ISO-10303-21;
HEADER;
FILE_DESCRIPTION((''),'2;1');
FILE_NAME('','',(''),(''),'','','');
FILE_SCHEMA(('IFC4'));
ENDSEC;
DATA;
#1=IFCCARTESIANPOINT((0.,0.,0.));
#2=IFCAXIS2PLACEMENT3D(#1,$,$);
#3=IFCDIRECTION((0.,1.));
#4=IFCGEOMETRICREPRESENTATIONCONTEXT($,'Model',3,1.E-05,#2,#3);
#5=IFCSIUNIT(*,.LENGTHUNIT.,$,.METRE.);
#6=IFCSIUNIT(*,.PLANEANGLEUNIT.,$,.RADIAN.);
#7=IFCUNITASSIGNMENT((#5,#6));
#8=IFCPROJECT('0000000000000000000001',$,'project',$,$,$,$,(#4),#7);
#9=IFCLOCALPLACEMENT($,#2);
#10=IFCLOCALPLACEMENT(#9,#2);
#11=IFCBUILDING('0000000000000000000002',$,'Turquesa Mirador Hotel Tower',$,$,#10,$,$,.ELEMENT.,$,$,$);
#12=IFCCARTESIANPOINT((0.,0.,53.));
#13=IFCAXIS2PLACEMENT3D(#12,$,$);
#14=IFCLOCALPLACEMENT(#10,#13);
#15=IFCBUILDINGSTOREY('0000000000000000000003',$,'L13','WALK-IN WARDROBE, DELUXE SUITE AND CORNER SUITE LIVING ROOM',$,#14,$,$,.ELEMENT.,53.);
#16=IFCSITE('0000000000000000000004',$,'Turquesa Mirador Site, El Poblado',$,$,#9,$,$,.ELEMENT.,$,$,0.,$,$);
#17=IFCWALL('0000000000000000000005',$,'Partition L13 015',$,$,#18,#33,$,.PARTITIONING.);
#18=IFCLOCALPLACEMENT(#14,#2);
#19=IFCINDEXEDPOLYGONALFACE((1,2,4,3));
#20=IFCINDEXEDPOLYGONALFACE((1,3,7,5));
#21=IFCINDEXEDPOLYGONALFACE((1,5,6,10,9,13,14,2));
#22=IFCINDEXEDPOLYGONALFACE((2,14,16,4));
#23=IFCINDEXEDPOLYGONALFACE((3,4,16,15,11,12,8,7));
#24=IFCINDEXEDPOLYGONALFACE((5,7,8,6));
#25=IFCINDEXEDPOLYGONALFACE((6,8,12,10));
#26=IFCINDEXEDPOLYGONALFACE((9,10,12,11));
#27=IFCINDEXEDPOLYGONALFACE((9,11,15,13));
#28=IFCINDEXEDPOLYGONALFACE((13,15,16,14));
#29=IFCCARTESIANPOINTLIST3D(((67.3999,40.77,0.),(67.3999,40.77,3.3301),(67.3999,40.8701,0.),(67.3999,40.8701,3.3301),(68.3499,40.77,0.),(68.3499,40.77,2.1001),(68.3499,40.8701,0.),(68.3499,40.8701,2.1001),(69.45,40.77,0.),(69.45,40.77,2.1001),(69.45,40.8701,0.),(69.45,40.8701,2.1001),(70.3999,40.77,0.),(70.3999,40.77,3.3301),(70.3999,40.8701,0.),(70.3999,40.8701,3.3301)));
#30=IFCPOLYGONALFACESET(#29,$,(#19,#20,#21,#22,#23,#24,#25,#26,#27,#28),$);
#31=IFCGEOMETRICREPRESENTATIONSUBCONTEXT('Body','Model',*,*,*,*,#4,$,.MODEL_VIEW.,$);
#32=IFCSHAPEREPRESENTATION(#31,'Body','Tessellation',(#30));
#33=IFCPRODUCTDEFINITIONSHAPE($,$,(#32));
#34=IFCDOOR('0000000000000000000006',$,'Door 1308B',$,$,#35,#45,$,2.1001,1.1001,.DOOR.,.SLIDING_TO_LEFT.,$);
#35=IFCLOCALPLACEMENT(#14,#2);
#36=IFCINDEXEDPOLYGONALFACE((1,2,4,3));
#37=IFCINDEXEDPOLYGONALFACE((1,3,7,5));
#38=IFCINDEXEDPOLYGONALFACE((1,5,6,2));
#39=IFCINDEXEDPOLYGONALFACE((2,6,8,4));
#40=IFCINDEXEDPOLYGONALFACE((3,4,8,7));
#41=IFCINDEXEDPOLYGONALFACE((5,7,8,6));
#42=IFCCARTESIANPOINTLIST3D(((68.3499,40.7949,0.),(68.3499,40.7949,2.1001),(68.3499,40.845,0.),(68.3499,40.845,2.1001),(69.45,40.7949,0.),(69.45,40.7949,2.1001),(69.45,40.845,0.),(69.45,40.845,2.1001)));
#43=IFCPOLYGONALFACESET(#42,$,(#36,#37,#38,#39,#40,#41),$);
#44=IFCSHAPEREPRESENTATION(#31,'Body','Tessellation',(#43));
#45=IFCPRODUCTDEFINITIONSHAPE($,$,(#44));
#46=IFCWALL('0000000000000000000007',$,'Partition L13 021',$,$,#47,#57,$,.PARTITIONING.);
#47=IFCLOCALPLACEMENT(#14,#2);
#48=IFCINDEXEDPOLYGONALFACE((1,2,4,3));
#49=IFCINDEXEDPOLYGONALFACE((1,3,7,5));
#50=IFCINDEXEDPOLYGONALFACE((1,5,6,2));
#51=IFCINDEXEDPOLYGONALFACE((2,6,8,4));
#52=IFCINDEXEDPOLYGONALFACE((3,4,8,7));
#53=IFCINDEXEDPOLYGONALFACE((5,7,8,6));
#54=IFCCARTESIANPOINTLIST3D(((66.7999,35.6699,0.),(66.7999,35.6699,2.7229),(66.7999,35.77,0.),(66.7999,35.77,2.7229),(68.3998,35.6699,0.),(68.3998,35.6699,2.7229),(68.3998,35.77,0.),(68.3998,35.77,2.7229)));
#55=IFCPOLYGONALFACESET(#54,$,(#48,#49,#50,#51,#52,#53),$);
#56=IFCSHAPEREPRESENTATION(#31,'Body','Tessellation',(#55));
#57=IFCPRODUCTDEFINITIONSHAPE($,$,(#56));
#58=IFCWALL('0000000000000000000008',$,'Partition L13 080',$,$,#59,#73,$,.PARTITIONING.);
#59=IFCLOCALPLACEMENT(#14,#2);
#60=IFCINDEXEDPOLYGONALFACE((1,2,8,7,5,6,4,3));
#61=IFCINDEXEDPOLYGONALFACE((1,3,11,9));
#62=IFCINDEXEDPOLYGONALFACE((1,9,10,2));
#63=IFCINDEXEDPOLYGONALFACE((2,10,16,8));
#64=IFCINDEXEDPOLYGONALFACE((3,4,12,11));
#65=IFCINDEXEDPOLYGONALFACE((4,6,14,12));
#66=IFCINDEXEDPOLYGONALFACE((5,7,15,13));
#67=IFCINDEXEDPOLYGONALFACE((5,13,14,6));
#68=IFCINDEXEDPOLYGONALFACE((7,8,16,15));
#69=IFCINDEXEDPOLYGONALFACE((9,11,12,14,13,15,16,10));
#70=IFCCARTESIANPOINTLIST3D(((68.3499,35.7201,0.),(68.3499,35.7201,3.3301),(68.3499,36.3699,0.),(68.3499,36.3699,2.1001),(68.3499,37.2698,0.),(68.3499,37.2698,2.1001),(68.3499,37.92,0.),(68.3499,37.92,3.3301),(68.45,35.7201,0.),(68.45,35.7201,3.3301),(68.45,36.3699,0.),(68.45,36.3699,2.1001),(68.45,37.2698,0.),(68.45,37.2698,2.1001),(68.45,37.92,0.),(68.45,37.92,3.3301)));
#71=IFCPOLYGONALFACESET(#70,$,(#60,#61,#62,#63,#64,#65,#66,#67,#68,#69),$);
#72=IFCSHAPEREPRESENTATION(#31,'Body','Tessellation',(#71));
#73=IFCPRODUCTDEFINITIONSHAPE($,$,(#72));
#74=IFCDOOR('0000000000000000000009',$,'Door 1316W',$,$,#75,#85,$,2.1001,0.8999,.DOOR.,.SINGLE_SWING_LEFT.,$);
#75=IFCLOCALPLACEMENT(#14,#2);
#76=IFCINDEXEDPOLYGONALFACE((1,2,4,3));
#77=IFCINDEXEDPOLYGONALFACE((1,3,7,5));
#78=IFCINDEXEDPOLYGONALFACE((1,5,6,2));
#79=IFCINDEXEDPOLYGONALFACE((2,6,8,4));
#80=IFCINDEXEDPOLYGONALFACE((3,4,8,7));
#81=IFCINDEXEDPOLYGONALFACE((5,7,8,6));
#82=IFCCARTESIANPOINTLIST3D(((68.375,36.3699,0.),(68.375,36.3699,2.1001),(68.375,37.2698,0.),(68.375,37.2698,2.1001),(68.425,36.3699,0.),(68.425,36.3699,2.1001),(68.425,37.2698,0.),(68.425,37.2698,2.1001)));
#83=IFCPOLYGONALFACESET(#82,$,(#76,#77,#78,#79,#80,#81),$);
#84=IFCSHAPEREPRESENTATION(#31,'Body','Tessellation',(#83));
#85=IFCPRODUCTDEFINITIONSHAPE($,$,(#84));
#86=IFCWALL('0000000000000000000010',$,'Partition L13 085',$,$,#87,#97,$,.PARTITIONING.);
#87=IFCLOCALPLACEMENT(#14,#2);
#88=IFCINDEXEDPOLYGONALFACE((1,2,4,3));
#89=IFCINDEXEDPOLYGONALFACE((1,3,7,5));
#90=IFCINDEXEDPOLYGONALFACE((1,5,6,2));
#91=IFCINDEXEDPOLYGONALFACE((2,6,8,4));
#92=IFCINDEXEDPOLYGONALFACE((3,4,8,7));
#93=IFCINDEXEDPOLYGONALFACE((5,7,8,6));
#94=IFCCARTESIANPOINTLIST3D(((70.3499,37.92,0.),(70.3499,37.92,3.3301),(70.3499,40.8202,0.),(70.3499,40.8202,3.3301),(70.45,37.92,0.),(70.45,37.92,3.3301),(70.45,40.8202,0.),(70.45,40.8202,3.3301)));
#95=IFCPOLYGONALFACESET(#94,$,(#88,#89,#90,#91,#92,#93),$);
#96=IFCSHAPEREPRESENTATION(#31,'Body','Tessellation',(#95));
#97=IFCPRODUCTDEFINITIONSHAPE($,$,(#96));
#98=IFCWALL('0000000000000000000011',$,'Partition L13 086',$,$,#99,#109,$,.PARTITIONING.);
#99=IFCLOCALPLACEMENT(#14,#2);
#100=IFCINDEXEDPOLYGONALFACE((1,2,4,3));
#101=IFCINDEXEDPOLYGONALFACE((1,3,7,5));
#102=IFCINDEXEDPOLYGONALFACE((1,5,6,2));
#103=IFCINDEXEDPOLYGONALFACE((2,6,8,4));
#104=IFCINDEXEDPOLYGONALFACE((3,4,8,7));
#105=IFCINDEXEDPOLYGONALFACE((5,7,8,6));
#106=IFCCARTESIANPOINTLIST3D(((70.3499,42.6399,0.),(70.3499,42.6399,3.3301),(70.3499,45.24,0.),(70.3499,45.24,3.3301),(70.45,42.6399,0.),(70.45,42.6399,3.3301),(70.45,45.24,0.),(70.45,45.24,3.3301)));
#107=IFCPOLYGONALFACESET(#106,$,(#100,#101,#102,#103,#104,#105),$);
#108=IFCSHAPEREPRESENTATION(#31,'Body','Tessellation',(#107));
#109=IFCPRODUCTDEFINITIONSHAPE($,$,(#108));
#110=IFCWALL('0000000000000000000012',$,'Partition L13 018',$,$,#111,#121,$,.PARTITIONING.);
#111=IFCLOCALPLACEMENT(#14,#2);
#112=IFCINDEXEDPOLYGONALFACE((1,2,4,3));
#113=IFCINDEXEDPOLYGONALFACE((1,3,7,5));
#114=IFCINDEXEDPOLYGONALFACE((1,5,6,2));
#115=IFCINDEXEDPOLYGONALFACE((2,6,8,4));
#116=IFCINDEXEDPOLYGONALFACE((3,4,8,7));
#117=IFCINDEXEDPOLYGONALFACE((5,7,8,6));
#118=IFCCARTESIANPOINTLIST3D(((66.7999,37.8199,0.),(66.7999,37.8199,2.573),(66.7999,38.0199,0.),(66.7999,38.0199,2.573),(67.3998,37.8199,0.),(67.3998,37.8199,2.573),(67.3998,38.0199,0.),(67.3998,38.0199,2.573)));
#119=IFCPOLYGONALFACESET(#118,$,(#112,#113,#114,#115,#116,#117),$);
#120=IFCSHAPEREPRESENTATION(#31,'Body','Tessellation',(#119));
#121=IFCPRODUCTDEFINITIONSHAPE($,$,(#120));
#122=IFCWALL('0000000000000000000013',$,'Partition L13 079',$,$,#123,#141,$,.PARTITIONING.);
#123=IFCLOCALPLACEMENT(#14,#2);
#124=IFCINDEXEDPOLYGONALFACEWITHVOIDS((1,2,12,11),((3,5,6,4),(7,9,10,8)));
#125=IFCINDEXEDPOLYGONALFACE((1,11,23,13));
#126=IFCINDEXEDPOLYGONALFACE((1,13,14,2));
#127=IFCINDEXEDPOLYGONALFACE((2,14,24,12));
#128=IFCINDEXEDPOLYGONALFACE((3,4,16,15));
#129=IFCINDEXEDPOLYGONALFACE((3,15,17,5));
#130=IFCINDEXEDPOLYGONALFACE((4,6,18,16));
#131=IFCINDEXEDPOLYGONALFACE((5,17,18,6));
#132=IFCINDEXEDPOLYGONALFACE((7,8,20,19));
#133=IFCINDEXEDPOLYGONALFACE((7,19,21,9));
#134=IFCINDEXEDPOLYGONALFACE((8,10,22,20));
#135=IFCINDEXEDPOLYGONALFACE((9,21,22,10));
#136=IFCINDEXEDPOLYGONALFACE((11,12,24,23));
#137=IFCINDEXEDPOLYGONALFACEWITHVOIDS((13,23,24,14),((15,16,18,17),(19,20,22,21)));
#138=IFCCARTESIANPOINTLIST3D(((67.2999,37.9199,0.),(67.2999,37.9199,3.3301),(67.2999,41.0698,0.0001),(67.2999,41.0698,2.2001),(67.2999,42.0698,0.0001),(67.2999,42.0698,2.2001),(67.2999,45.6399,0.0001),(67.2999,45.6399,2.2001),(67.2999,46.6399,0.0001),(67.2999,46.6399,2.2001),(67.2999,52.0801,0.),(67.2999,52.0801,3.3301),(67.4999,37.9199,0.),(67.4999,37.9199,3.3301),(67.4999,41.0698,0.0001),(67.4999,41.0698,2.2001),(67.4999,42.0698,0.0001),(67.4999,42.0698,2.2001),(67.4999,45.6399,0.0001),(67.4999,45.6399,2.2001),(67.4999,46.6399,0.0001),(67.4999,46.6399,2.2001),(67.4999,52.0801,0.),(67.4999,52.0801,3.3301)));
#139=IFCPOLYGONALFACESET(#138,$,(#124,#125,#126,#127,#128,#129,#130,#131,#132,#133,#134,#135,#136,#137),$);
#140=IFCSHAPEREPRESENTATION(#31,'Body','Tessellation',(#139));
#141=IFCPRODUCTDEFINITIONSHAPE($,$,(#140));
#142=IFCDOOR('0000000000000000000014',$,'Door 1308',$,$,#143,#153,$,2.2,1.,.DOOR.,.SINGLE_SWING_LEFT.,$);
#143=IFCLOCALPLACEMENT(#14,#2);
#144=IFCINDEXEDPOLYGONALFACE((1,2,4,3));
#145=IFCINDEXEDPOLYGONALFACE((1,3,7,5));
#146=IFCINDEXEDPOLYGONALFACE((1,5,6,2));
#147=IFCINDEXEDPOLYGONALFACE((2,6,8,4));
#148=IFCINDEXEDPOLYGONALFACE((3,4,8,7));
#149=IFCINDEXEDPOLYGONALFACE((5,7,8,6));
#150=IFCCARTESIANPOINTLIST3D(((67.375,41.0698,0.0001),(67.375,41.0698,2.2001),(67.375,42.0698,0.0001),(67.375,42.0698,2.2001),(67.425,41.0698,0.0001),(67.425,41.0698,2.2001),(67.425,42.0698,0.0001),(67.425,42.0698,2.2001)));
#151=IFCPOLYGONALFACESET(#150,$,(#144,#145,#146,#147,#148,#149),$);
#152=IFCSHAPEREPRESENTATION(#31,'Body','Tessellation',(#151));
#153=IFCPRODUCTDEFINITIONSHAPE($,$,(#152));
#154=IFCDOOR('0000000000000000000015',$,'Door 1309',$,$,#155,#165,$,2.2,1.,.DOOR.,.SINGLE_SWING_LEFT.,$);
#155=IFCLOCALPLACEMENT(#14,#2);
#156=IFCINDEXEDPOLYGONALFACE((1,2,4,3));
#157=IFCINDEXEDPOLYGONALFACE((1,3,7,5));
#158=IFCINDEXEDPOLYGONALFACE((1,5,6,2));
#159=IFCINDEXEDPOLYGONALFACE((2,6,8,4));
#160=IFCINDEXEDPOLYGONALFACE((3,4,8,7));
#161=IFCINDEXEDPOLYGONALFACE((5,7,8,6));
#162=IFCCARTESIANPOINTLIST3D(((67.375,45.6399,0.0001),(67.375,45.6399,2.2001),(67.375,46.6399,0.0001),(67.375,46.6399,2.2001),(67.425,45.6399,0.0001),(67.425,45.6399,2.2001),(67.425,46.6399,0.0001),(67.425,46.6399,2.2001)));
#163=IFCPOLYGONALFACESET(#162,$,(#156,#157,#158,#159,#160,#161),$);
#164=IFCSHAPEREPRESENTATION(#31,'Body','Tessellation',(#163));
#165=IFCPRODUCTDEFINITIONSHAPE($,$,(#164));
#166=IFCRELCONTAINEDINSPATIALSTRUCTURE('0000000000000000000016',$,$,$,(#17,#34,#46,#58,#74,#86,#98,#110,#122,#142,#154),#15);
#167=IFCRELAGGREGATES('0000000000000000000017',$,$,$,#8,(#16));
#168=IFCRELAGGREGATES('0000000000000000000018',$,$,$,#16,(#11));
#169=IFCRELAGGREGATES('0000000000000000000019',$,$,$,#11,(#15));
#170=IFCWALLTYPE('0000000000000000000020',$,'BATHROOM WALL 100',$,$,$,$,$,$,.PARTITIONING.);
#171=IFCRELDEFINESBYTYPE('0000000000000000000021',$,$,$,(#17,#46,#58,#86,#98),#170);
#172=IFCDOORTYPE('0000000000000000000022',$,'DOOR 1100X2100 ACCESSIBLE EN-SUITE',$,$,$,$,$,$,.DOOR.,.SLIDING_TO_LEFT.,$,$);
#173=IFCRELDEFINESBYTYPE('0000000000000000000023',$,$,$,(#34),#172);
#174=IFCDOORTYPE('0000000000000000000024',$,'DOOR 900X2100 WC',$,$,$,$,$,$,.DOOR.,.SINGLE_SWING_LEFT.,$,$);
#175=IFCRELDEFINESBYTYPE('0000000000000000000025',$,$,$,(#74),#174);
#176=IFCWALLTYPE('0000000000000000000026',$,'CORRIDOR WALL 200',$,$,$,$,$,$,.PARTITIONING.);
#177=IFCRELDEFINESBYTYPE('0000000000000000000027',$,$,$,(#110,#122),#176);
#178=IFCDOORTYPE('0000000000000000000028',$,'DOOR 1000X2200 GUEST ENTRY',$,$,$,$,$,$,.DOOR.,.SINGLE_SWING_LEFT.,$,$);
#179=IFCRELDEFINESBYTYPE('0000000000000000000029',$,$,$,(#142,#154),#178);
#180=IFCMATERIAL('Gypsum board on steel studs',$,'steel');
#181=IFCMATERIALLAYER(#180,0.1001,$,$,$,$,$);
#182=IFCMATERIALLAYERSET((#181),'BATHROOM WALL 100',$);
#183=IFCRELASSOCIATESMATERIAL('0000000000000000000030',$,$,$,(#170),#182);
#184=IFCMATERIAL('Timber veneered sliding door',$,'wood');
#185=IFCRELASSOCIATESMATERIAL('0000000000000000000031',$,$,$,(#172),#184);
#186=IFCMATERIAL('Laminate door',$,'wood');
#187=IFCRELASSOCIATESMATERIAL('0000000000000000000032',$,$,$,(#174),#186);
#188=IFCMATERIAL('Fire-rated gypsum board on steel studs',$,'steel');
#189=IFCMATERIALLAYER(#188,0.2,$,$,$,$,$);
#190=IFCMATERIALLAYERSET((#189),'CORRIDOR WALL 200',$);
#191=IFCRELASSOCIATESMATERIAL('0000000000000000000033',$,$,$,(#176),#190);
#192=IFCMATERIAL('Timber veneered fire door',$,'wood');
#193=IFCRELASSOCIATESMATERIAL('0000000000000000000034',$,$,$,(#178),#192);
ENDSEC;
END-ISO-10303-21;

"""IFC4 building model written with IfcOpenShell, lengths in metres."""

from ifc_helpers import new_model, si_unit, direction, frame, frame_2d, origin, place, context, subcontext, project, spatial, rectangle, extrude, material, layer, layer_set, type_object, element, fill, save


model = new_model("IFC4")

# Units and contexts
model_context = context("Model", 3, precision=1e-05, world=origin(), true_north=direction((0.0, 1.0)))
body_context = subcontext(model_context, "Body", "Model", "MODEL_VIEW")
ifc_project = project(units=[si_unit("LENGTHUNIT", "METRE"), si_unit("PLANEANGLEUNIT", "RADIAN")], contexts=[model_context])

# Site, building, storey
site_placement = place(None, origin())
site = spatial("IfcSite", under=ifc_project, at=site_placement, Name="Turquesa Mirador Site, El Poblado", CompositionType="ELEMENT", RefElevation=0.0)
building_placement = place(site_placement, origin())
building = spatial("IfcBuilding", under=site, at=building_placement, Name="Turquesa Mirador Hotel Tower", CompositionType="ELEMENT")
storey_placement = place(building_placement, frame((0.0, 0.0, 53.0)))
storey = spatial("IfcBuildingStorey", under=building, at=storey_placement, Name="L13", Description="WALK-IN WARDROBE, DELUXE SUITE AND CORNER SUITE LIVING ROOM", CompositionType="ELEMENT", Elevation=53.0)

# Wall, opening, door
ifc_material_1 = material(Name="Gypsum board on steel studs", Category="steel")
ifc_layer_1 = layer(ifc_material_1, 0.1001)
ifc_layer_set_1 = layer_set([ifc_layer_1], Name="BATHROOM WALL 100")
wall_type_1 = type_object("IfcWallType", Name="BATHROOM WALL 100", PredefinedType="PARTITIONING", material=ifc_layer_set_1)
wall_1_placement = place(storey_placement, frame((67.3999, 40.8201, 0.0), z_axis=(0.0, 0.0, 1.0), x_axis=(1.0, 0.0, 0.0)))
wall_1 = element("IfcWall", 1, at=wall_1_placement, inside=storey, type_object=wall_type_1, Name="Partition L13 015", PredefinedType="PARTITIONING", context=body_context, shape_type="SweptSolid", body=[
    extrude(rectangle(XDim=3.0, YDim=0.1001, at=frame_2d((1.5, 0.0))), origin(), (0.0, 0.0, 1.0), 3.3301),
])
opening_1_placement = place(wall_1_placement, frame((0.95, 0.0, 0.0)))
opening_1 = element("IfcOpeningElement", 2, at=opening_1_placement, cuts=wall_1, PredefinedType="OPENING", context=body_context, shape_type="SweptSolid", body=[
    extrude(rectangle(XDim=1.1001, YDim=2.1001, at=frame_2d((0.55, 1.05))), frame((0.0, 0.0601, 0.0), z_axis=(0.0, -1.0, 0.0), x_axis=(1.0, 0.0, 0.0)), (0.0, 0.0, 1.0), 0.1201),
])
ifc_material_2 = material(Name="Timber veneered sliding door", Category="wood")
door_type_1 = type_object("IfcDoorType", Name="DOOR 1100X2100 ACCESSIBLE EN-SUITE", OperationType="SLIDING_TO_LEFT", PredefinedType="DOOR", material=ifc_material_2)
door_1_placement = place(opening_1_placement, origin())
door_1 = element("IfcDoor", 3, at=door_1_placement, inside=storey, type_object=door_type_1, Name="Door 1308B", OperationType="SLIDING_TO_LEFT", OverallHeight=2.1001, OverallWidth=1.1001, PredefinedType="DOOR", context=body_context, shape_type="SweptSolid", body=[
    extrude(rectangle(XDim=1.1001, YDim=2.1001, at=frame_2d((0.55, 1.05))), frame((0.0, 0.0249, 0.0), z_axis=(0.0, -1.0, 0.0), x_axis=(1.0, 0.0, 0.0)), (0.0, 0.0, 1.0), 0.05),
])
fill(opening_1, door_1)

# Wall
wall_2_placement = place(storey_placement, frame((66.8, 35.72, 0.0), z_axis=(0.0, 0.0, 1.0), x_axis=(1.0, 0.0, 0.0)))
element("IfcWall", 4, at=wall_2_placement, inside=storey, type_object=wall_type_1, Name="Partition L13 021", PredefinedType="PARTITIONING", context=body_context, shape_type="SweptSolid", body=[
    extrude(rectangle(XDim=1.5999, YDim=0.1001, at=frame_2d((0.7998, 0.0))), origin(), (0.0, 0.0, 1.0), 2.7229),
])

# Wall, opening, door
wall_3_placement = place(storey_placement, frame((68.3999, 35.72, 0.0), z_axis=(0.0, 0.0, 1.0), x_axis=(0.0, 1.0, 0.0)))
wall_3 = element("IfcWall", 5, at=wall_3_placement, inside=storey, type_object=wall_type_1, Name="Partition L13 080", PredefinedType="PARTITIONING", context=body_context, shape_type="SweptSolid", body=[
    extrude(rectangle(XDim=2.2, YDim=0.1001, at=frame_2d((1.1001, 0.0))), origin(), (0.0, 0.0, 1.0), 3.3301),
])
opening_2_placement = place(wall_3_placement, frame((0.6499, 0.0, 0.0)))
opening_2 = element("IfcOpeningElement", 6, at=opening_2_placement, cuts=wall_3, PredefinedType="OPENING", context=body_context, shape_type="SweptSolid", body=[
    extrude(rectangle(XDim=0.8999, YDim=2.1001, at=frame_2d((0.45, 1.05))), frame((0.0, 0.0601, 0.0), z_axis=(0.0, -1.0, 0.0), x_axis=(1.0, 0.0, 0.0)), (0.0, 0.0, 1.0), 0.1201),
])
ifc_material_3 = material(Name="Laminate door", Category="wood")
door_type_2 = type_object("IfcDoorType", Name="DOOR 900X2100 WC", OperationType="SINGLE_SWING_LEFT", PredefinedType="DOOR", material=ifc_material_3)
door_2_placement = place(opening_2_placement, origin())
door_2 = element("IfcDoor", 7, at=door_2_placement, inside=storey, type_object=door_type_2, Name="Door 1316W", OperationType="SINGLE_SWING_LEFT", OverallHeight=2.1001, OverallWidth=0.8999, PredefinedType="DOOR", context=body_context, shape_type="SweptSolid", body=[
    extrude(rectangle(XDim=0.8999, YDim=2.1001, at=frame_2d((0.45, 1.05))), frame((0.0, 0.0249, 0.0), z_axis=(0.0, -1.0, 0.0), x_axis=(1.0, 0.0, 0.0)), (0.0, 0.0, 1.0), 0.05),
])
fill(opening_2, door_2)

# Walls
wall_4_placement = place(storey_placement, frame((70.3999, 37.9199, 0.0), z_axis=(0.0, 0.0, 1.0), x_axis=(0.0, 1.0, 0.0)))
element("IfcWall", 8, at=wall_4_placement, inside=storey, type_object=wall_type_1, Name="Partition L13 085", PredefinedType="PARTITIONING", context=body_context, shape_type="SweptSolid", body=[
    extrude(rectangle(XDim=2.9001, YDim=0.1001, at=frame_2d((1.4502, 0.0))), origin(), (0.0, 0.0, 1.0), 3.3301),
])
wall_5_placement = place(storey_placement, frame((70.3999, 42.6399, 0.0), z_axis=(0.0, 0.0, 1.0), x_axis=(0.0, 1.0, 0.0)))
element("IfcWall", 9, at=wall_5_placement, inside=storey, type_object=wall_type_1, Name="Partition L13 086", PredefinedType="PARTITIONING", context=body_context, shape_type="SweptSolid", body=[
    extrude(rectangle(XDim=2.6001, YDim=0.1001, at=frame_2d((1.3, 0.0))), origin(), (0.0, 0.0, 1.0), 3.3301),
])
ifc_material_4 = material(Name="Fire-rated gypsum board on steel studs", Category="steel")
ifc_layer_2 = layer(ifc_material_4, 0.2)
ifc_layer_set_2 = layer_set([ifc_layer_2], Name="CORRIDOR WALL 200")
wall_type_2 = type_object("IfcWallType", Name="CORRIDOR WALL 200", PredefinedType="PARTITIONING", material=ifc_layer_set_2)
wall_6_placement = place(storey_placement, frame((66.8, 37.9199, 0.0), z_axis=(0.0, 0.0, 1.0), x_axis=(1.0, 0.0, 0.0)))
element("IfcWall", 10, at=wall_6_placement, inside=storey, type_object=wall_type_2, Name="Partition L13 018", PredefinedType="PARTITIONING", context=body_context, shape_type="SweptSolid", body=[
    extrude(rectangle(XDim=0.5999, YDim=0.2, at=frame_2d((0.2998, 0.0))), origin(), (0.0, 0.0, 1.0), 2.573),
])

# Wall, openings, doors
wall_7_placement = place(storey_placement, frame((67.3999, 37.9199, 0.0), z_axis=(0.0, 0.0, 1.0), x_axis=(0.0, 1.0, 0.0)))
wall_7 = element("IfcWall", 11, at=wall_7_placement, inside=storey, type_object=wall_type_2, Name="Partition L13 079", PredefinedType="PARTITIONING", context=body_context, shape_type="SweptSolid", body=[
    extrude(rectangle(XDim=14.1602, YDim=0.2, at=frame_2d((7.0801, 0.0))), origin(), (0.0, 0.0, 1.0), 3.3301),
])
opening_3_placement = place(wall_7_placement, frame((3.1499, 0.0, 0.0)))
opening_3 = element("IfcOpeningElement", 12, at=opening_3_placement, cuts=wall_7, PredefinedType="OPENING", context=body_context, shape_type="SweptSolid", body=[
    extrude(rectangle(XDim=1.0, YDim=2.2, at=frame_2d((0.5, 1.1001))), frame((0.0, 0.1099, 0.0), z_axis=(0.0, -1.0, 0.0), x_axis=(1.0, 0.0, 0.0)), (0.0, 0.0, 1.0), 0.22),
])
opening_4_placement = place(wall_7_placement, frame((7.72, 0.0, 0.0)))
opening_4 = element("IfcOpeningElement", 13, at=opening_4_placement, cuts=wall_7, PredefinedType="OPENING", context=body_context, shape_type="SweptSolid", body=[
    extrude(rectangle(XDim=1.0, YDim=2.2, at=frame_2d((0.5, 1.1001))), frame((0.0, 0.1099, 0.0), z_axis=(0.0, -1.0, 0.0), x_axis=(1.0, 0.0, 0.0)), (0.0, 0.0, 1.0), 0.22),
])
ifc_material_5 = material(Name="Timber veneered fire door", Category="wood")
door_type_3 = type_object("IfcDoorType", Name="DOOR 1000X2200 GUEST ENTRY", OperationType="SINGLE_SWING_LEFT", PredefinedType="DOOR", material=ifc_material_5)
door_3_placement = place(opening_3_placement, origin())
door_3 = element("IfcDoor", 14, at=door_3_placement, inside=storey, type_object=door_type_3, Name="Door 1308", OperationType="SINGLE_SWING_LEFT", OverallHeight=2.2, OverallWidth=1.0, PredefinedType="DOOR", context=body_context, shape_type="SweptSolid", body=[
    extrude(rectangle(XDim=1.0, YDim=2.2, at=frame_2d((0.5, 1.1001))), frame((0.0, 0.0249, 0.0), z_axis=(0.0, -1.0, 0.0), x_axis=(1.0, 0.0, 0.0)), (0.0, 0.0, 1.0), 0.05),
])
fill(opening_3, door_3)
door_4_placement = place(opening_4_placement, origin())
door_4 = element("IfcDoor", 15, at=door_4_placement, inside=storey, type_object=door_type_3, Name="Door 1309", OperationType="SINGLE_SWING_LEFT", OverallHeight=2.2, OverallWidth=1.0, PredefinedType="DOOR", context=body_context, shape_type="SweptSolid", body=[
    extrude(rectangle(XDim=1.0, YDim=2.2, at=frame_2d((0.5, 1.1001))), frame((0.0, 0.0249, 0.0), z_axis=(0.0, -1.0, 0.0), x_axis=(1.0, 0.0, 0.0)), (0.0, 0.0, 1.0), 0.05),
])
fill(opening_4, door_4)

save(model, "model.ifc")
